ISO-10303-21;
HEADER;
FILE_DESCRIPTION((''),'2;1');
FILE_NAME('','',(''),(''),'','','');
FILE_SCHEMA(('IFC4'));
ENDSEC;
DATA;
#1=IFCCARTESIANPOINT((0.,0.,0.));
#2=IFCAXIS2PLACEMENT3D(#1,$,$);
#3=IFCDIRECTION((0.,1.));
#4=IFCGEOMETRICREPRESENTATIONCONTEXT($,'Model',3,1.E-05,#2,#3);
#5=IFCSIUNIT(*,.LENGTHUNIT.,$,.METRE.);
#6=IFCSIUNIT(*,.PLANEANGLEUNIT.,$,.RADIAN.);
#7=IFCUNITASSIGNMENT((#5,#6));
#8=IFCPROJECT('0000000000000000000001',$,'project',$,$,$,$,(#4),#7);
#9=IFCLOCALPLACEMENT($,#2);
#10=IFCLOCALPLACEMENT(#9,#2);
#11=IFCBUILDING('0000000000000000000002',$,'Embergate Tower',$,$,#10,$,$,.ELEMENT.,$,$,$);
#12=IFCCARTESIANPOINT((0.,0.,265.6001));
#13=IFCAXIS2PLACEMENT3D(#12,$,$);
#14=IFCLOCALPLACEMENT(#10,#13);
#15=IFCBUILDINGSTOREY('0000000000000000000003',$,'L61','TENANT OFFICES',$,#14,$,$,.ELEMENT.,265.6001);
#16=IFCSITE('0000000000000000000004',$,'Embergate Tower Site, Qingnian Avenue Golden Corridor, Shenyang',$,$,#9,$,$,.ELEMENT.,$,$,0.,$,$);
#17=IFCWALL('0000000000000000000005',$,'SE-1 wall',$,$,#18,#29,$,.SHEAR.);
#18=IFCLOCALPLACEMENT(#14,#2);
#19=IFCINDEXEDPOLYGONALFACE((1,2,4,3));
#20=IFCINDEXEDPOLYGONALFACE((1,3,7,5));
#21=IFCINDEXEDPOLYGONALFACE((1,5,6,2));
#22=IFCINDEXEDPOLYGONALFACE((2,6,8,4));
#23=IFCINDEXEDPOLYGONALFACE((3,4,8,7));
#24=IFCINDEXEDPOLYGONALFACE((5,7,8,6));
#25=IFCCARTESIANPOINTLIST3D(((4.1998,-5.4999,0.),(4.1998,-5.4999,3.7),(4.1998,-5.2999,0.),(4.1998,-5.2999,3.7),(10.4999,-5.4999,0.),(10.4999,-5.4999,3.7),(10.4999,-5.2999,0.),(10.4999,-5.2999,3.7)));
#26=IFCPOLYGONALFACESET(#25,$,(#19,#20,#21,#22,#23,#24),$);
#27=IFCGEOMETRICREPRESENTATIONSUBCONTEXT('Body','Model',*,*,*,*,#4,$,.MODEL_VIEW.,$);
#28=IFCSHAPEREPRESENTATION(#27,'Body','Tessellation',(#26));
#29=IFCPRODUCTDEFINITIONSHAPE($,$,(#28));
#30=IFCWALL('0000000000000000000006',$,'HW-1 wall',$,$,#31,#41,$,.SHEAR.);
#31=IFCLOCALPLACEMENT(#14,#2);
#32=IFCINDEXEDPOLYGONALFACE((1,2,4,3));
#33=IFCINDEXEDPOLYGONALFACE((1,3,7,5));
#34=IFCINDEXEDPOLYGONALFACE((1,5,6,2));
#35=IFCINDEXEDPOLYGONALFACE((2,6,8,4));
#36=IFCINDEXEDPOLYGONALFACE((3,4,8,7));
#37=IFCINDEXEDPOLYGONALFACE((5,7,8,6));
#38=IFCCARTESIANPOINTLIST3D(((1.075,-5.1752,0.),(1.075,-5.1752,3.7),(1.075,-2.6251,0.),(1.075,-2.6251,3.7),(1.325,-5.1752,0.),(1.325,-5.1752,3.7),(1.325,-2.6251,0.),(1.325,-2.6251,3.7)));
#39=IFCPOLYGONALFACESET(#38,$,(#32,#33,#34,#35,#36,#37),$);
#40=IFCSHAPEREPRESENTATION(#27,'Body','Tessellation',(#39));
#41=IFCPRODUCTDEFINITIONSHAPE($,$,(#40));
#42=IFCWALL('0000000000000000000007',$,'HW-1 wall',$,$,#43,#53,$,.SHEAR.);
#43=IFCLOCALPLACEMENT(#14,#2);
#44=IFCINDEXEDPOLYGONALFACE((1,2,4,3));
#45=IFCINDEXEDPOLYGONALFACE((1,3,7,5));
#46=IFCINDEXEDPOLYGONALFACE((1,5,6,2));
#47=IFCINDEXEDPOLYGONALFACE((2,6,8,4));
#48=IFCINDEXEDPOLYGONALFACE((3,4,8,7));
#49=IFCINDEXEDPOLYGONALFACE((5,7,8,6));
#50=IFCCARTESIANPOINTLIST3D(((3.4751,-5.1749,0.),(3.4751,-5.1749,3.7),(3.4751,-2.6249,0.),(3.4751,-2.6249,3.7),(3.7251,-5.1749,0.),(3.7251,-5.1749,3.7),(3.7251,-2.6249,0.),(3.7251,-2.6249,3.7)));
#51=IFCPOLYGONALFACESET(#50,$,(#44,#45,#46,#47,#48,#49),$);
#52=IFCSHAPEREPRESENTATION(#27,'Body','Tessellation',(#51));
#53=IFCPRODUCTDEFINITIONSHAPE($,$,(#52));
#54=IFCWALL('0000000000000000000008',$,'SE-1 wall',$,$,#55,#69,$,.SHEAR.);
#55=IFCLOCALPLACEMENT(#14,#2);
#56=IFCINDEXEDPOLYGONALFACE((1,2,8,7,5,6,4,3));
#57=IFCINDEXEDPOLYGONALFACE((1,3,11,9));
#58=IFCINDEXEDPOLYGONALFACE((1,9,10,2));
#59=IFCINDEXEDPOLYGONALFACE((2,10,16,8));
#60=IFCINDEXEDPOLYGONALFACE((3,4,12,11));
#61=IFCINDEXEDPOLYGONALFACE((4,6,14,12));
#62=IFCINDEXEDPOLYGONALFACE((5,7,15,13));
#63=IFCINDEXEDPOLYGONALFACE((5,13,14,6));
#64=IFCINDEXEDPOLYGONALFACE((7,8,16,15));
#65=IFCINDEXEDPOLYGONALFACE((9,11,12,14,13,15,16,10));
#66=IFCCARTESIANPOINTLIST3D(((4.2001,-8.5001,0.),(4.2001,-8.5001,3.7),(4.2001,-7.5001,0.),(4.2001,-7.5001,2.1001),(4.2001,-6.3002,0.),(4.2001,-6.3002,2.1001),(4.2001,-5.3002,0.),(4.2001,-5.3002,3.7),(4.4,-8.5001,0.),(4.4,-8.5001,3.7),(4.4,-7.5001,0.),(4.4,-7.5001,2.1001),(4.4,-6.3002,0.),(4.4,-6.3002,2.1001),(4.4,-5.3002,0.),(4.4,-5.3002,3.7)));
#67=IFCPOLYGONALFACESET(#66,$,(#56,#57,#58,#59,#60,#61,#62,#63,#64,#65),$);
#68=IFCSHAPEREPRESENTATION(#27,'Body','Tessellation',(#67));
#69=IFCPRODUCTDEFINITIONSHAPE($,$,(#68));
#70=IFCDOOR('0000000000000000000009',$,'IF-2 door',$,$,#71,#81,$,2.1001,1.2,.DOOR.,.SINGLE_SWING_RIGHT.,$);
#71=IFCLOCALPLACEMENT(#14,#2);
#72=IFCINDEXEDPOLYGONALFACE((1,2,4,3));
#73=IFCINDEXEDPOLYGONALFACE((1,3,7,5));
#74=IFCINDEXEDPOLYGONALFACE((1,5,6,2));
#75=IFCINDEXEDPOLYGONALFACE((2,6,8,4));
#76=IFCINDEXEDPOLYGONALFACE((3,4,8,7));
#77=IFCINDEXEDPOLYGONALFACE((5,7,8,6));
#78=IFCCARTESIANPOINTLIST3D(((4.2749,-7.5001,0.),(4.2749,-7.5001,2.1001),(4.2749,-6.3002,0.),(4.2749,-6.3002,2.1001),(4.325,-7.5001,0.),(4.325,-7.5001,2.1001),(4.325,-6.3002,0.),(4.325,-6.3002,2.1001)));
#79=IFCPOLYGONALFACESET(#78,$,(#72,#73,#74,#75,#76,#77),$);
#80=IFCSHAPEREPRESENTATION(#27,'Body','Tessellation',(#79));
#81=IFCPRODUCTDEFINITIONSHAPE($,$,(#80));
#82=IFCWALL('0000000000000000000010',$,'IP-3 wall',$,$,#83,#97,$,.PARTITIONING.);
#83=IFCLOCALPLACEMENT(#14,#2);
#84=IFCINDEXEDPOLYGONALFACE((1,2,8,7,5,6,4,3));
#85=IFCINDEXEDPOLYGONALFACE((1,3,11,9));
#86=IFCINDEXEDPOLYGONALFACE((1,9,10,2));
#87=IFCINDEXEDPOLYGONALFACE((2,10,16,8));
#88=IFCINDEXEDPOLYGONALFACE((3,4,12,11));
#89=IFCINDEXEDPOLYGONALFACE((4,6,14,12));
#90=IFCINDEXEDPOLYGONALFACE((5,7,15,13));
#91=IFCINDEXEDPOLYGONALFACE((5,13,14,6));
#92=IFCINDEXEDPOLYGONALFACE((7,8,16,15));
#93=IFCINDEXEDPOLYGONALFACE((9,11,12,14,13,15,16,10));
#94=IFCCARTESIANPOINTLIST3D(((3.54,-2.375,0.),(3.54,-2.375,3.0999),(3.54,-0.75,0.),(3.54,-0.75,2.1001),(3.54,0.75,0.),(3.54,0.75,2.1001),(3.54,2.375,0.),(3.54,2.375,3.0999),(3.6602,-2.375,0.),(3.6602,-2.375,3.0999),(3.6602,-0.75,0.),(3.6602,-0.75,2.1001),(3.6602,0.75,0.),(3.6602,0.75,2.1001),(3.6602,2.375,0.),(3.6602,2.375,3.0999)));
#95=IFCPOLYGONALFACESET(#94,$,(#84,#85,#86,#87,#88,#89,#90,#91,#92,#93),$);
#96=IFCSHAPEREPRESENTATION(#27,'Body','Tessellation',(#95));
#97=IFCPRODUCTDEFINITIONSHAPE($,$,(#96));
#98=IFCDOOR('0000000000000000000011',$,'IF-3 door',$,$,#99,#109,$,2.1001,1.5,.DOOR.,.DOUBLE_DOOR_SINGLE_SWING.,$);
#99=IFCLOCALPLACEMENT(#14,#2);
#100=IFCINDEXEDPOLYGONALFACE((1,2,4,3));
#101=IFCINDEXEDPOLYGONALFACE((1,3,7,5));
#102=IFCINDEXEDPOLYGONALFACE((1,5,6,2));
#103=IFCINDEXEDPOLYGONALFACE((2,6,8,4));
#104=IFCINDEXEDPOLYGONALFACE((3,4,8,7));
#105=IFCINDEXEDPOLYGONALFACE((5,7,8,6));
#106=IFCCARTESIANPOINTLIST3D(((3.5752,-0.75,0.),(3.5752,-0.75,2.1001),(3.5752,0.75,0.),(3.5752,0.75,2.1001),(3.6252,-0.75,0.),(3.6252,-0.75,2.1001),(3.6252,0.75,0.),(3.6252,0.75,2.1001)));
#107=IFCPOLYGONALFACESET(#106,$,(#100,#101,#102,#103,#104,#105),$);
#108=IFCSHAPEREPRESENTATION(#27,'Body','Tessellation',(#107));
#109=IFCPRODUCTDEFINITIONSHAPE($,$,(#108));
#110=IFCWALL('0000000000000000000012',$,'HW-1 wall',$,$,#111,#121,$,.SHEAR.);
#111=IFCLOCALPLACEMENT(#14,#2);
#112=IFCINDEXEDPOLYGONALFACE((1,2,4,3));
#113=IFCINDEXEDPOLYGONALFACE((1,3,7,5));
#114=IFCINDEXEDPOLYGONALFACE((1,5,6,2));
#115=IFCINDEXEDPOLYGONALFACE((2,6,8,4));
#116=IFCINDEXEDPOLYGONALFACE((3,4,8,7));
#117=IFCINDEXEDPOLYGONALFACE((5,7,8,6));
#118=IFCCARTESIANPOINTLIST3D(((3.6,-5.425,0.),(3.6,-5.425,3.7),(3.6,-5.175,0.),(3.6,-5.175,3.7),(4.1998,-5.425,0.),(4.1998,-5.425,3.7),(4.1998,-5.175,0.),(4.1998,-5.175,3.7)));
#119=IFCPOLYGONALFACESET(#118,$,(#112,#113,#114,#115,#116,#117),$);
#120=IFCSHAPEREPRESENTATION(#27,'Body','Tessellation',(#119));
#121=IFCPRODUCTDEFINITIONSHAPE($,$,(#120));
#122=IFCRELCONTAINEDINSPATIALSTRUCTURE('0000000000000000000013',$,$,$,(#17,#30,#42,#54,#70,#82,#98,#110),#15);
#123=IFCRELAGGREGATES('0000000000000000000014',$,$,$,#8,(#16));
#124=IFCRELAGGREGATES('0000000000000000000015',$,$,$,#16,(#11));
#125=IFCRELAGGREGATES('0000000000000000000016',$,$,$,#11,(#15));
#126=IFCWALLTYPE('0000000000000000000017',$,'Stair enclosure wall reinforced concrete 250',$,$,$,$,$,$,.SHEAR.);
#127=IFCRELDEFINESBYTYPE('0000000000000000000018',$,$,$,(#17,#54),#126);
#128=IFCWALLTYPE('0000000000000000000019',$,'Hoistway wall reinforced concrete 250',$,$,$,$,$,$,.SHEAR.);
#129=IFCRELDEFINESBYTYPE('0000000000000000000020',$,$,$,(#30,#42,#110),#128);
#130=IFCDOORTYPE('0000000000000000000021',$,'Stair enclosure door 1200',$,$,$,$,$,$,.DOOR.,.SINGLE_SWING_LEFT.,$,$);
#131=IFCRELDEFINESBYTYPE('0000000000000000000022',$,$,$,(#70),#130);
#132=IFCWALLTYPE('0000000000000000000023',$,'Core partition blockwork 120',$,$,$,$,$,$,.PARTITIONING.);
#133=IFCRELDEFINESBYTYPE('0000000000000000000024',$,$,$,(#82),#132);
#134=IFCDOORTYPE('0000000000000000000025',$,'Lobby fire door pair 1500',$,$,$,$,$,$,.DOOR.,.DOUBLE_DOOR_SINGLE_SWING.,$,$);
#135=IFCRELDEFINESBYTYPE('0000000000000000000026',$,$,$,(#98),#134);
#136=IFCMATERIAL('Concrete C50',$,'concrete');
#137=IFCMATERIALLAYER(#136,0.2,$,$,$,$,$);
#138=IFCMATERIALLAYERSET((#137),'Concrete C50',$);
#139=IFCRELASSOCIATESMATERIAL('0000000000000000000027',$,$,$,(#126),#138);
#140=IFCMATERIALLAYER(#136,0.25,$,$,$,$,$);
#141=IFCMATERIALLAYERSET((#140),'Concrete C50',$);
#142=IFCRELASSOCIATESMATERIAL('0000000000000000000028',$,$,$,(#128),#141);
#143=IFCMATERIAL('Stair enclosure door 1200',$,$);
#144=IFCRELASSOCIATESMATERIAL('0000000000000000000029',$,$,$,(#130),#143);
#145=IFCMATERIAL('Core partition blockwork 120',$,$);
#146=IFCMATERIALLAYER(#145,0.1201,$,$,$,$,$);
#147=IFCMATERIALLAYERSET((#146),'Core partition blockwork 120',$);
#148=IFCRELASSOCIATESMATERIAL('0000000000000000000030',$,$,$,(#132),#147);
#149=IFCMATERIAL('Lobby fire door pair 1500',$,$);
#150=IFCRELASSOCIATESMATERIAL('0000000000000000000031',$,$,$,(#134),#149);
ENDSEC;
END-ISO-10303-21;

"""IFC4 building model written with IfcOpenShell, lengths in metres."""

from ifc_helpers import new_model, si_unit, direction, frame, frame_2d, origin, place, context, subcontext, project, spatial, rectangle, extrude, source, transform, mapped, material, layer, layer_set, type_object, element, fill, save


model = new_model("IFC4")

# Units and contexts
model_context = context("Model", 3, precision=1e-05, world=origin(), true_north=direction((0.0, 1.0)))
body_context = subcontext(model_context, "Body", "Model", "MODEL_VIEW")
ifc_project = project(units=[si_unit("LENGTHUNIT", "METRE"), si_unit("PLANEANGLEUNIT", "RADIAN")], contexts=[model_context])

# Site, building, storey
site_placement = place(None, origin())
site = spatial("IfcSite", under=ifc_project, at=site_placement, Name="Embergate Tower Site, Qingnian Avenue Golden Corridor, Shenyang", CompositionType="ELEMENT", RefElevation=0.0)
building_placement = place(site_placement, origin())
building = spatial("IfcBuilding", under=site, at=building_placement, Name="Embergate Tower", CompositionType="ELEMENT")
storey_placement = place(building_placement, frame((0.0, 0.0, 265.6001)))
storey = spatial("IfcBuildingStorey", under=building, at=storey_placement, Name="L61", Description="TENANT OFFICES", CompositionType="ELEMENT", Elevation=265.6001)

# Walls
ifc_material_1 = material(Name="Concrete C50", Category="concrete")
ifc_layer_1 = layer(ifc_material_1, 0.2)
ifc_layer_set_1 = layer_set([ifc_layer_1], Name="Concrete C50")
wall_type_1 = type_object("IfcWallType", Name="Stair enclosure wall reinforced concrete 250", PredefinedType="SHEAR", material=ifc_layer_set_1)
shared_shape_1 = source(origin(), body_context, "Body", "SweptSolid", [
    extrude(rectangle(XDim=6.3, YDim=0.2, at=frame_2d((3.1499, 0.0))), origin(), (0.0, 0.0, 1.0), 3.7),
])
wall_1_placement = place(storey_placement, frame((4.2, -5.3999, 0.0), z_axis=(0.0, 0.0, 1.0), x_axis=(1.0, 0.0, 0.0)))
element("IfcWall", 1, at=wall_1_placement, inside=storey, type_object=wall_type_1, Name="SE-1 wall", PredefinedType="SHEAR", context=body_context, shape_type="MappedRepresentation", body=[
    mapped(shared_shape_1, transform((0.0, 0.0, 0.0))),
])
ifc_layer_2 = layer(ifc_material_1, 0.25)
ifc_layer_set_2 = layer_set([ifc_layer_2], Name="Concrete C50")
wall_type_2 = type_object("IfcWallType", Name="Hoistway wall reinforced concrete 250", PredefinedType="SHEAR", material=ifc_layer_set_2)
shared_shape_2 = source(origin(), body_context, "Body", "SweptSolid", [
    extrude(rectangle(XDim=2.55, YDim=0.25, at=frame_2d((1.2749, 0.0))), origin(), (0.0, 0.0, 1.0), 3.7),
])
for number, where, z_axis, x_axis, name in (
    (2, (1.2, -5.175, 0.0), (0.0, 0.0, 1.0), (0.0, 1.0, 0.0), "HW-1 wall"),
    (3, (3.6001, -2.625, 0.0), (0.0, 0.0, 1.0), (0.0, -1.0, 0.0), "HW-1 wall"),
):
    element("IfcWall", number, at=place(storey_placement, frame(where, z_axis=z_axis, x_axis=x_axis)), inside=storey, type_object=wall_type_2, Name=name, PredefinedType="SHEAR", context=body_context, shape_type="MappedRepresentation", body=[
        mapped(shared_shape_2, transform((0.0, 0.0, 0.0))),
    ])

# Walls, openings, doors
shared_shape_3 = source(origin(), body_context, "Body", "SweptSolid", [
    extrude(rectangle(XDim=3.2, YDim=0.2, at=frame_2d((1.6001, 0.0))), origin(), (0.0, 0.0, 1.0), 3.7),
])
wall_2_placement = place(storey_placement, frame((4.3, -5.3, 0.0), z_axis=(0.0, 0.0, 1.0), x_axis=(0.0, -1.0, 0.0)))
wall_2 = element("IfcWall", 4, at=wall_2_placement, inside=storey, type_object=wall_type_1, Name="SE-1 wall", PredefinedType="SHEAR", context=body_context, shape_type="MappedRepresentation", body=[
    mapped(shared_shape_3, transform((0.0, 0.0, 0.0))),
])
shared_shape_4 = source(origin(), body_context, "Body", "SweptSolid", [
    extrude(rectangle(XDim=1.2, YDim=2.1001, at=frame_2d((0.6001, 1.05))), frame((0.0, 0.1099, 0.0), z_axis=(0.0, -1.0, 0.0), x_axis=(1.0, 0.0, 0.0)), (0.0, 0.0, 1.0), 0.22),
])
opening_1_placement = place(wall_2_placement, frame((1.0, 0.0, 0.0)))
opening_1 = element("IfcOpeningElement", 5, at=opening_1_placement, cuts=wall_2, PredefinedType="OPENING", context=body_context, shape_type="MappedRepresentation", body=[
    mapped(shared_shape_4, transform((0.0, 0.0, 0.0))),
])
ifc_material_2 = material(Name="Stair enclosure door 1200")
door_type_1 = type_object("IfcDoorType", Name="Stair enclosure door 1200", OperationType="SINGLE_SWING_LEFT", PredefinedType="DOOR", material=ifc_material_2)
shared_shape_5 = source(origin(), body_context, "Body", "SweptSolid", [
    extrude(rectangle(XDim=1.2, YDim=2.1001, at=frame_2d((0.6001, 1.05))), frame((0.0, 0.0249, 0.0), z_axis=(0.0, -1.0, 0.0), x_axis=(1.0, 0.0, 0.0)), (0.0, 0.0, 1.0), 0.05),
])
door_1_placement = place(opening_1_placement, origin())
door_1 = element("IfcDoor", 6, at=door_1_placement, inside=storey, type_object=door_type_1, Name="IF-2 door", OperationType="SINGLE_SWING_RIGHT", OverallHeight=2.1001, OverallWidth=1.2, PredefinedType="DOOR", context=body_context, shape_type="MappedRepresentation", body=[
    mapped(shared_shape_5, transform((0.0, 0.0, 0.0))),
])
fill(opening_1, door_1)
ifc_material_3 = material(Name="Core partition blockwork 120")
ifc_layer_3 = layer(ifc_material_3, 0.1201)
ifc_layer_set_3 = layer_set([ifc_layer_3], Name="Core partition blockwork 120")
wall_type_3 = type_object("IfcWallType", Name="Core partition blockwork 120", PredefinedType="PARTITIONING", material=ifc_layer_set_3)
shared_shape_6 = source(origin(), body_context, "Body", "SweptSolid", [
    extrude(rectangle(XDim=4.75, YDim=0.1201, at=frame_2d((2.375, 0.0))), origin(), (0.0, 0.0, 1.0), 3.0999),
])
wall_3_placement = place(storey_placement, frame((3.6001, -2.375, 0.0), z_axis=(0.0, 0.0, 1.0), x_axis=(0.0, 1.0, 0.0)))
wall_3 = element("IfcWall", 7, at=wall_3_placement, inside=storey, type_object=wall_type_3, Name="IP-3 wall", PredefinedType="PARTITIONING", context=body_context, shape_type="MappedRepresentation", body=[
    mapped(shared_shape_6, transform((0.0, 0.0, 0.0))),
])
shared_shape_7 = source(origin(), body_context, "Body", "SweptSolid", [
    extrude(rectangle(XDim=1.5, YDim=2.1001, at=frame_2d((0.75, 1.05))), frame((0.0, 0.0701, 0.0), z_axis=(0.0, -1.0, 0.0), x_axis=(1.0, 0.0, 0.0)), (0.0, 0.0, 1.0), 0.1401),
])
opening_2_placement = place(wall_3_placement, frame((1.625, 0.0, 0.0)))
opening_2 = element("IfcOpeningElement", 8, at=opening_2_placement, cuts=wall_3, PredefinedType="OPENING", context=body_context, shape_type="MappedRepresentation", body=[
    mapped(shared_shape_7, transform((0.0, 0.0, 0.0))),
])
ifc_material_4 = material(Name="Lobby fire door pair 1500")
door_type_2 = type_object("IfcDoorType", Name="Lobby fire door pair 1500", OperationType="DOUBLE_DOOR_SINGLE_SWING", PredefinedType="DOOR", material=ifc_material_4)
shared_shape_8 = source(origin(), body_context, "Body", "SweptSolid", [
    extrude(rectangle(XDim=1.5, YDim=2.1001, at=frame_2d((0.75, 1.05))), frame((0.0, 0.0249, 0.0), z_axis=(0.0, -1.0, 0.0), x_axis=(1.0, 0.0, 0.0)), (0.0, 0.0, 1.0), 0.05),
])
door_2_placement = place(opening_2_placement, origin())
door_2 = element("IfcDoor", 9, at=door_2_placement, inside=storey, type_object=door_type_2, Name="IF-3 door", OperationType="DOUBLE_DOOR_SINGLE_SWING", OverallHeight=2.1001, OverallWidth=1.5, PredefinedType="DOOR", context=body_context, shape_type="MappedRepresentation", body=[
    mapped(shared_shape_8, transform((0.0, 0.0, 0.0))),
])
fill(opening_2, door_2)

# Wall
shared_shape_9 = source(origin(), body_context, "Body", "SweptSolid", [
    extrude(rectangle(XDim=0.5999, YDim=0.25, at=frame_2d((0.2998, 0.0))), origin(), (0.0, 0.0, 1.0), 3.7),
])
wall_4_placement = place(storey_placement, frame((3.6001, -5.3, 0.0), z_axis=(0.0, 0.0, 1.0), x_axis=(1.0, 0.0, 0.0)))
element("IfcWall", 10, at=wall_4_placement, inside=storey, type_object=wall_type_2, Name="HW-1 wall", PredefinedType="SHEAR", context=body_context, shape_type="MappedRepresentation", body=[
    mapped(shared_shape_9, transform((0.0, 0.0, 0.0))),
])

save(model, "model.ifc")
